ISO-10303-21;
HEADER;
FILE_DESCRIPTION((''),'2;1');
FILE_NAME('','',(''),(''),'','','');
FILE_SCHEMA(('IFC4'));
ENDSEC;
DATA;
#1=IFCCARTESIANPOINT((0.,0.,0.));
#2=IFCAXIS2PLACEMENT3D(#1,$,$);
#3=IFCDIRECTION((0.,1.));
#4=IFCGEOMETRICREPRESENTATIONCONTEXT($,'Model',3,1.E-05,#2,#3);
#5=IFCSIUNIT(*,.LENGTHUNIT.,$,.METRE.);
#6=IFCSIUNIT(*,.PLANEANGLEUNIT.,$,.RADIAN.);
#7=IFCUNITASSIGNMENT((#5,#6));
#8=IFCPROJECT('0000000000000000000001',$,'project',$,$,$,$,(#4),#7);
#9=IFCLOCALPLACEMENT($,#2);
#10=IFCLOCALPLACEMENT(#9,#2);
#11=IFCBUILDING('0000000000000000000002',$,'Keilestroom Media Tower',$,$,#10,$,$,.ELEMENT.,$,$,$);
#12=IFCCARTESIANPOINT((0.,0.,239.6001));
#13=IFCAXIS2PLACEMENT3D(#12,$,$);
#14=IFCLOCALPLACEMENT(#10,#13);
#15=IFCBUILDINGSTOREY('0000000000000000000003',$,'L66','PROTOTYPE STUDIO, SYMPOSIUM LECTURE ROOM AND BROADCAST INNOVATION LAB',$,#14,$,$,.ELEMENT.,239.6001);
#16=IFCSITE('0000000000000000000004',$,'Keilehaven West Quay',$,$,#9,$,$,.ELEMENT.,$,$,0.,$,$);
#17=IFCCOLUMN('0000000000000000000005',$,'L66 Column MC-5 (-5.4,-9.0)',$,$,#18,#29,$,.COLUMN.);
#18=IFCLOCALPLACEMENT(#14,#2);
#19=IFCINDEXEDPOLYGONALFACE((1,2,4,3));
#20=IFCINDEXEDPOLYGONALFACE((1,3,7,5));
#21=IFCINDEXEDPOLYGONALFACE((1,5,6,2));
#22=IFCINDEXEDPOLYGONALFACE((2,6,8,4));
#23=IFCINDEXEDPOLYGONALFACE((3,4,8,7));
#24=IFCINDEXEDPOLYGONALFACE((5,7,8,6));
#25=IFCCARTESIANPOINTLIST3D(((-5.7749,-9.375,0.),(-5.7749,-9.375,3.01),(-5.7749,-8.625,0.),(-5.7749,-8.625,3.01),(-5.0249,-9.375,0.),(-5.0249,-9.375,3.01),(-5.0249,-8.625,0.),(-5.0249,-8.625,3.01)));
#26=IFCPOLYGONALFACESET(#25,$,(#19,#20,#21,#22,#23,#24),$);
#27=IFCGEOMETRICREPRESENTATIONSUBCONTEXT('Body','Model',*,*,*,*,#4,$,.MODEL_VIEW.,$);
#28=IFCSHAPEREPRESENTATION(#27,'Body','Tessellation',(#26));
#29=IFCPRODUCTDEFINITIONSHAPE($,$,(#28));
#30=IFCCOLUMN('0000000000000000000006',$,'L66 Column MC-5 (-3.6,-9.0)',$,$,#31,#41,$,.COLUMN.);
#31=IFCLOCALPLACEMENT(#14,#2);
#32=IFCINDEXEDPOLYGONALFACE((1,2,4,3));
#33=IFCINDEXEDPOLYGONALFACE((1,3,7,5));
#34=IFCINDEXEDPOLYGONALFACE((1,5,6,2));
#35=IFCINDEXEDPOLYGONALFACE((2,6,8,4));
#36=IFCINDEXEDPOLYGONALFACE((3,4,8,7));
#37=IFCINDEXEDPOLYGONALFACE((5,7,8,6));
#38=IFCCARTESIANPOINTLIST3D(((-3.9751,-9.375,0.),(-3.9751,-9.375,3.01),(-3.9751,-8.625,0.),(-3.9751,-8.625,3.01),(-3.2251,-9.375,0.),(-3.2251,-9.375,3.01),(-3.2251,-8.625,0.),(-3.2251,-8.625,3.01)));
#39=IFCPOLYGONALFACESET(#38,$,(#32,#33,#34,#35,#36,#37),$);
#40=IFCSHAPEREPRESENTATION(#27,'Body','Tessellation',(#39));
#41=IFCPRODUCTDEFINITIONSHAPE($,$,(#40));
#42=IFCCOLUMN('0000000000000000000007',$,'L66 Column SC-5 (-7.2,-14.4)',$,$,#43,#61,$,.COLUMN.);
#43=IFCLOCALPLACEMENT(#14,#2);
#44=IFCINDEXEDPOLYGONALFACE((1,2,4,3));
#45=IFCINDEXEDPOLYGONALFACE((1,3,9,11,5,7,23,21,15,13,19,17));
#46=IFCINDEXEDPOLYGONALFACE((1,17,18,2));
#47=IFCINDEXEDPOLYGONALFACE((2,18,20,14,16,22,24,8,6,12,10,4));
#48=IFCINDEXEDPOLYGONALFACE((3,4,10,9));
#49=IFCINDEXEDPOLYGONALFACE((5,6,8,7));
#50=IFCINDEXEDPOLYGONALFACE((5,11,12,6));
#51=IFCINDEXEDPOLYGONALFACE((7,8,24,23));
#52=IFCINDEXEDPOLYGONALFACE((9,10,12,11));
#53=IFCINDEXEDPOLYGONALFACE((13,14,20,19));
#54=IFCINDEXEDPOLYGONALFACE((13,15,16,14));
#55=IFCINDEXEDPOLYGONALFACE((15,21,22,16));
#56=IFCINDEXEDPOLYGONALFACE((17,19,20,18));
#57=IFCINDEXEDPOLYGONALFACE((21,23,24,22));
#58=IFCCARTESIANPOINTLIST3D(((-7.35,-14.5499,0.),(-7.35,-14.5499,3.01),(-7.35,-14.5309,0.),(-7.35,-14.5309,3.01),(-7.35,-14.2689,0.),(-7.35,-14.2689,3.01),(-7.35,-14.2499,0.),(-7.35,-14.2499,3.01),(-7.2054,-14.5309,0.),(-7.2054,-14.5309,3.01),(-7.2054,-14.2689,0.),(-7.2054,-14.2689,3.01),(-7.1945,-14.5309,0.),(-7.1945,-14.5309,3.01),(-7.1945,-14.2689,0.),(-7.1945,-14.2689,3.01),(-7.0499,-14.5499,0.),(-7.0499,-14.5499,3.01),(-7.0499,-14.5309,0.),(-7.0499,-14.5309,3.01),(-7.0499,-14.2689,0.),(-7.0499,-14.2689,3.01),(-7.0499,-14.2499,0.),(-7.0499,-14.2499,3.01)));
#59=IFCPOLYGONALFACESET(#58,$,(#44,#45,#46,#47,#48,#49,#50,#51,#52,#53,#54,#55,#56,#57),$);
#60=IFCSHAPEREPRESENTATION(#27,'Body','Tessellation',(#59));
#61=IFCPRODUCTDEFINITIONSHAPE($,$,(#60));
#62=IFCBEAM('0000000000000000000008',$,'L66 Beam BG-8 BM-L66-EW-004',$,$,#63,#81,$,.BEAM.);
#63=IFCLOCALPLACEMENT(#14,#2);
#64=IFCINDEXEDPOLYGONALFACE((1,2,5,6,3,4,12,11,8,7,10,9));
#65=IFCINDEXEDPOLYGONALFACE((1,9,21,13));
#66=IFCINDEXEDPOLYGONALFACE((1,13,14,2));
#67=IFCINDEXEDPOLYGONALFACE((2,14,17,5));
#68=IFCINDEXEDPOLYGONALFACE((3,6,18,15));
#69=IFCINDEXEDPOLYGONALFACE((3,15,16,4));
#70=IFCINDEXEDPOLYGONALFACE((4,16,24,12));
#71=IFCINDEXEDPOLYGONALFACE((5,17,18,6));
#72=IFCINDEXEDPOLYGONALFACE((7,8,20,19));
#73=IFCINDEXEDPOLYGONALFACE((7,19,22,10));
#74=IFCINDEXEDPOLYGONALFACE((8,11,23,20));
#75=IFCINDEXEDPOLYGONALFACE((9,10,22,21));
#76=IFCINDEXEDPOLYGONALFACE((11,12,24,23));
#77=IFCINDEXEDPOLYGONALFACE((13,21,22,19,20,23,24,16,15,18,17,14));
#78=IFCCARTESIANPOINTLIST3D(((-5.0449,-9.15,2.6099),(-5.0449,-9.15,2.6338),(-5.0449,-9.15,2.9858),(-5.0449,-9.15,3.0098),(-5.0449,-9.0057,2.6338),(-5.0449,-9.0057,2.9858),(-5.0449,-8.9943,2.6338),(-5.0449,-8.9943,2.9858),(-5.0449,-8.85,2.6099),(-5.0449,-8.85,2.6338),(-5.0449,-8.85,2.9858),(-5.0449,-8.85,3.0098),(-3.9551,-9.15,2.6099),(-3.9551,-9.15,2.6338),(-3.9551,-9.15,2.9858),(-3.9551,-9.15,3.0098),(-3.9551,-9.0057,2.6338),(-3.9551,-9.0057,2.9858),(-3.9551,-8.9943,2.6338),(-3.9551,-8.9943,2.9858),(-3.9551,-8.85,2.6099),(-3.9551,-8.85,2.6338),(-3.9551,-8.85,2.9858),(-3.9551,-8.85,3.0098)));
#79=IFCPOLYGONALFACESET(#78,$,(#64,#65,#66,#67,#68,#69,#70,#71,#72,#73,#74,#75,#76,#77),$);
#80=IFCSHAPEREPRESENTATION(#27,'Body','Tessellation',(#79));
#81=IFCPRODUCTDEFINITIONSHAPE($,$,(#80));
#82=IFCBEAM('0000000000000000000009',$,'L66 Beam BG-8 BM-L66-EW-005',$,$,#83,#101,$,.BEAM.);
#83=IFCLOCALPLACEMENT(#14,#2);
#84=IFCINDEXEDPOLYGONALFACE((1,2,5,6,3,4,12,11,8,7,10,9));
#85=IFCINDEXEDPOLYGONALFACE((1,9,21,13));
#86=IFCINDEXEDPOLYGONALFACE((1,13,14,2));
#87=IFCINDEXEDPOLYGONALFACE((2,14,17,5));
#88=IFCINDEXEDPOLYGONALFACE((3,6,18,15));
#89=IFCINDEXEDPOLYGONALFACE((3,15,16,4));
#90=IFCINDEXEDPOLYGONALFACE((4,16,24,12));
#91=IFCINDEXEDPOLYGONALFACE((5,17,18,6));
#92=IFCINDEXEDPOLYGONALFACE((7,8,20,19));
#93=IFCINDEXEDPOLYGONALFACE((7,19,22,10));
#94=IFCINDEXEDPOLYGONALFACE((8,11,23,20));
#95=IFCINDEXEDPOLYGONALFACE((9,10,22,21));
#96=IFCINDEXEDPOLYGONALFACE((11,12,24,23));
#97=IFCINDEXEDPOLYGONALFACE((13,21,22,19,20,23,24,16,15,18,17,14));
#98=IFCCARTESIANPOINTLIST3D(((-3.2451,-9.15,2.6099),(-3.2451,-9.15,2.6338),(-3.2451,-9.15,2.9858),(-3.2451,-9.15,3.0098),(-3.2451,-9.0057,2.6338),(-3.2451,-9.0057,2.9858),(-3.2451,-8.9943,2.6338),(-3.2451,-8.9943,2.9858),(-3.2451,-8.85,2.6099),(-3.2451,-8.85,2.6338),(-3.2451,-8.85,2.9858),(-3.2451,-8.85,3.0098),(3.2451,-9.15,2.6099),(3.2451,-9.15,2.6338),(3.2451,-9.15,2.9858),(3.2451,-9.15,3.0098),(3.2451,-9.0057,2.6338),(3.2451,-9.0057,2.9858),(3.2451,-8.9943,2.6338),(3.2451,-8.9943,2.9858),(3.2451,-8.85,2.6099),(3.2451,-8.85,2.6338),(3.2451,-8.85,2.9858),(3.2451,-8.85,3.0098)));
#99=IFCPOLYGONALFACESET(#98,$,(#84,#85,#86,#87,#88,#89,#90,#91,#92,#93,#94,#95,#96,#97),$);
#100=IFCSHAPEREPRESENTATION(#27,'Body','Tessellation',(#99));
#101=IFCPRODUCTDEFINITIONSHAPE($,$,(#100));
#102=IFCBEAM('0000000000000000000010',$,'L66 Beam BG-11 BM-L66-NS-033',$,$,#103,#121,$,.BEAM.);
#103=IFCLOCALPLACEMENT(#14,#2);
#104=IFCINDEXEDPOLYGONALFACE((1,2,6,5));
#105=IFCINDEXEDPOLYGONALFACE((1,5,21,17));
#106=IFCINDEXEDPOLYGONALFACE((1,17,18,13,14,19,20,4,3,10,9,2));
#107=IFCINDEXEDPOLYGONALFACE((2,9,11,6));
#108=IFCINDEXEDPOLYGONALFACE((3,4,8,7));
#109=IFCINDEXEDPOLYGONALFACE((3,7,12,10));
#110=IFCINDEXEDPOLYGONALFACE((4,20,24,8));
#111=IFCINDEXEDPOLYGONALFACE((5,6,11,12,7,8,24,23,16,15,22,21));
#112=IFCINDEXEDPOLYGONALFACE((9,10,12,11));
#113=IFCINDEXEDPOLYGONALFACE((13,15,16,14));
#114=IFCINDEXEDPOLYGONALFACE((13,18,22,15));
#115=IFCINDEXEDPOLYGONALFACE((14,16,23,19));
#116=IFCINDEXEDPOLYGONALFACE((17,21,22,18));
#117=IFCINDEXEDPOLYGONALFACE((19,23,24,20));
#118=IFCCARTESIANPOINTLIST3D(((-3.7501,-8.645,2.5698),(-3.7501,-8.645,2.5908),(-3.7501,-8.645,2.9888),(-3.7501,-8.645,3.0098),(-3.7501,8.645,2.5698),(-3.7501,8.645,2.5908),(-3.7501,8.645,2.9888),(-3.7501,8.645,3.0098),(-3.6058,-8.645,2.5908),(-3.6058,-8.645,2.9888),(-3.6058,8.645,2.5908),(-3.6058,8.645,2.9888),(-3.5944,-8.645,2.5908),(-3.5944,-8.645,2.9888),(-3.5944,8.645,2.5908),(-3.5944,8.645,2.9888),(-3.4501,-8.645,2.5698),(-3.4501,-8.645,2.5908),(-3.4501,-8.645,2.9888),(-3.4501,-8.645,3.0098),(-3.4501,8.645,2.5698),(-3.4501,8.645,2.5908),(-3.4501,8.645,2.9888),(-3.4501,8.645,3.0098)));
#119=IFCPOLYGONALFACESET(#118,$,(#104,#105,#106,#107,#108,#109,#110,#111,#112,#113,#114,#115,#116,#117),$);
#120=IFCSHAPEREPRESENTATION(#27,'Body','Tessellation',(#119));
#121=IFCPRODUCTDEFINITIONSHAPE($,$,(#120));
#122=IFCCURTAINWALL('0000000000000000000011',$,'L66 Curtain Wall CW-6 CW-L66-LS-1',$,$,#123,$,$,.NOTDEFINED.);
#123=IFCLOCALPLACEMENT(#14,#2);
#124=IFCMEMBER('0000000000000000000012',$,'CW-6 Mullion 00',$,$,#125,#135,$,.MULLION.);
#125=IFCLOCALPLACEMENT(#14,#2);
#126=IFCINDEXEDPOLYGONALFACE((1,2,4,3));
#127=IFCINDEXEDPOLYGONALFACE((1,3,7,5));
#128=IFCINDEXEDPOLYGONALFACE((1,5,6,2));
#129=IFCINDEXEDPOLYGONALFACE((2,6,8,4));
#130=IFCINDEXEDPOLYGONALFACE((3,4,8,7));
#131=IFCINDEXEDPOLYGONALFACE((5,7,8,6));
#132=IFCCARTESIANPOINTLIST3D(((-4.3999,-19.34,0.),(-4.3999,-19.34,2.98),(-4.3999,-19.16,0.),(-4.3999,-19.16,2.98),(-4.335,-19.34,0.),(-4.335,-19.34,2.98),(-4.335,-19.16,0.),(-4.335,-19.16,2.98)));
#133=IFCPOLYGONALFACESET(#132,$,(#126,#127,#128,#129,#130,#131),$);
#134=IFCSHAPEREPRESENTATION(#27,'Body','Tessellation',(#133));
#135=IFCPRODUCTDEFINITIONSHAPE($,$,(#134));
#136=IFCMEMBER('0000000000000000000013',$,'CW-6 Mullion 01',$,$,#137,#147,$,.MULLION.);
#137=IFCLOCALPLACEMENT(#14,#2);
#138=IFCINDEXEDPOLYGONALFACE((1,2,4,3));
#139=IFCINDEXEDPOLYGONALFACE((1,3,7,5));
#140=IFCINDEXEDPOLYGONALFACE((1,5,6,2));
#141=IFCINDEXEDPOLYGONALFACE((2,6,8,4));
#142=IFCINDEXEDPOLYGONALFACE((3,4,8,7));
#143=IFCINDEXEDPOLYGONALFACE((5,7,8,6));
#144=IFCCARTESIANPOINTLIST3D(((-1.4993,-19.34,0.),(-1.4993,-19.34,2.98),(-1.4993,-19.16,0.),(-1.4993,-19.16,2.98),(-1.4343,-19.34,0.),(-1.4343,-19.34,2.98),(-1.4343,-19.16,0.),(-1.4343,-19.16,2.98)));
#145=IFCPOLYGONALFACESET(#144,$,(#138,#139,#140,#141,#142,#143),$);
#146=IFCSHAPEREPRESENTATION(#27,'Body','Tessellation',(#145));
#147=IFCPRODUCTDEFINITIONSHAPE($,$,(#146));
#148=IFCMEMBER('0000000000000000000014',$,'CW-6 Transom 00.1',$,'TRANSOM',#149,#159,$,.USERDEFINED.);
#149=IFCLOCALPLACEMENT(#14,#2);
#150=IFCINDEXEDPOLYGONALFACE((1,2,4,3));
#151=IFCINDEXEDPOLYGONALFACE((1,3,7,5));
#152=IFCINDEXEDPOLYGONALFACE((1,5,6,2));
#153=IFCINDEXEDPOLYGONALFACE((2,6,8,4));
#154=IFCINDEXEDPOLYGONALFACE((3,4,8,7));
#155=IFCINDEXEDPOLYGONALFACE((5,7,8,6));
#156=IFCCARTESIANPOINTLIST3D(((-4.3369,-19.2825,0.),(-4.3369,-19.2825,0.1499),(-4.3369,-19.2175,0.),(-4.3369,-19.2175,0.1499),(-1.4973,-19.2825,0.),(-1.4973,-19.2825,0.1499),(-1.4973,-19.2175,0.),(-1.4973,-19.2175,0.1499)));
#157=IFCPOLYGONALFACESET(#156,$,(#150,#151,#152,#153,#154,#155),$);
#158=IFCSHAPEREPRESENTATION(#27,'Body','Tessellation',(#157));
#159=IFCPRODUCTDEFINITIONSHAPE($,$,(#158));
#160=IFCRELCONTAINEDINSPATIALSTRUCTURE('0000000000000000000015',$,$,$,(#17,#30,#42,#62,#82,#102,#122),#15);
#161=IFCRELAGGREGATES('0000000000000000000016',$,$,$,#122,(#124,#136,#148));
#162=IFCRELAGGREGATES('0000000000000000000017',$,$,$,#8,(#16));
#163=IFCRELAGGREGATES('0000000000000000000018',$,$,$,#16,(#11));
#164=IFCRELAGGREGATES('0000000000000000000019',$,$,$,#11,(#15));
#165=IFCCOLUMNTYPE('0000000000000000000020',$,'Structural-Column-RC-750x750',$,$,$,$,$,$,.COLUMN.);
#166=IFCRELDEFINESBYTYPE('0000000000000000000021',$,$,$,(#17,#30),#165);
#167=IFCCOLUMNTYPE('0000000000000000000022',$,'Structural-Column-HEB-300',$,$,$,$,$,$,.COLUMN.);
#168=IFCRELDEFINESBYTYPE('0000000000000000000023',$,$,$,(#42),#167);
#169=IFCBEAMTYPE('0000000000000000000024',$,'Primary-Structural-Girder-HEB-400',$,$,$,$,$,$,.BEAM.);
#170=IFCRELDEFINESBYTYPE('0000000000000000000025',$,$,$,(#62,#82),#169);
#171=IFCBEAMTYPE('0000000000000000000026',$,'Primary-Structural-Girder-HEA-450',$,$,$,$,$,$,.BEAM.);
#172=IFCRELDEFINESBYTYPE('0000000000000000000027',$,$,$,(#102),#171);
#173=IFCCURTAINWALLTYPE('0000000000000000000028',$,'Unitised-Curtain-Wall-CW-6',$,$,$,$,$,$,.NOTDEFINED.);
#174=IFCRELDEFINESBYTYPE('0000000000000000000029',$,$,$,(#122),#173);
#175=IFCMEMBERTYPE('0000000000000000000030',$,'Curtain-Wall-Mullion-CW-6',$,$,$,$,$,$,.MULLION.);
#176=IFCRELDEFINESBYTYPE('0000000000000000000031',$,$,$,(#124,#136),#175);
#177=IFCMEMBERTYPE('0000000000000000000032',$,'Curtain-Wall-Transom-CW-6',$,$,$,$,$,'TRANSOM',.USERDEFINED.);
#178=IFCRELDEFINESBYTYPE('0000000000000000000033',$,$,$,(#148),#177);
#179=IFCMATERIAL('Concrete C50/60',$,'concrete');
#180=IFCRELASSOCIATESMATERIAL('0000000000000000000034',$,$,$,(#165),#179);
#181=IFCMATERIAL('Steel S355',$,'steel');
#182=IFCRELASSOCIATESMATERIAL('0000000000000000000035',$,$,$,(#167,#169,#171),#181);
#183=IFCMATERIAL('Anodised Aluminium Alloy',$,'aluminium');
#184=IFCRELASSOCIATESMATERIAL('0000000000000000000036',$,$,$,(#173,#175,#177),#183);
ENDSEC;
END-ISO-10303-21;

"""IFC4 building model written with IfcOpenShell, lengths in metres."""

from ifc_helpers import new_model, si_unit, direction, frame, origin, origin_2d, place, context, subcontext, project, spatial, rectangle, i_section, extrude, source, transform, mapped, material, material_profile, profile_set, type_object, element, aggregate, save


model = new_model("IFC4")

# Units and contexts
model_context = context("Model", 3, precision=1e-05, world=origin(), true_north=direction((0.0, 1.0)))
body_context = subcontext(model_context, "Body", "Model", "MODEL_VIEW")
ifc_project = project(units=[si_unit("LENGTHUNIT", "METRE"), si_unit("PLANEANGLEUNIT", "RADIAN")], contexts=[model_context])

# Site, building, storey
site_placement = place(None, origin())
site = spatial("IfcSite", under=ifc_project, at=site_placement, Name="Keilehaven West Quay", CompositionType="ELEMENT", RefElevation=0.0)
building_placement = place(site_placement, origin())
building = spatial("IfcBuilding", under=site, at=building_placement, Name="Keilestroom Media Tower", CompositionType="ELEMENT")
storey_placement = place(building_placement, frame((0.0, 0.0, 239.6001)))
storey = spatial("IfcBuildingStorey", under=building, at=storey_placement, Name="L66", Description="PROTOTYPE STUDIO, SYMPOSIUM LECTURE ROOM AND BROADCAST INNOVATION LAB", CompositionType="ELEMENT", Elevation=239.6001)

# Columns
ifc_material_1 = material(Name="Concrete C50/60", Category="concrete")
ifc_material_profile_1 = material_profile(ifc_material_1, rectangle(XDim=0.75, YDim=0.75, at=origin_2d()), Name="RC 750x750")
ifc_profile_set_1 = profile_set([ifc_material_profile_1], Name="Concrete C50/60")
column_type_1 = type_object("IfcColumnType", Name="Structural-Column-RC-750x750", PredefinedType="COLUMN", material=ifc_profile_set_1)
shared_shape_1 = source(origin(), body_context, "Body", "SweptSolid", [
    extrude(rectangle(XDim=0.75, YDim=0.75, at=origin_2d()), origin(), (0.0, 0.0, 1.0), 3.01),
])
for number, where, z_axis, x_axis, name in (
    (1, (-5.3999, -9.0, 0.0), (0.0, 0.0, 1.0), (1.0, 0.0, 0.0), "L66 Column MC-5 (-5.4,-9.0)"),
    (2, (-3.6001, -9.0, 0.0), (0.0, 0.0, 1.0), (1.0, 0.0, 0.0), "L66 Column MC-5 (-3.6,-9.0)"),
):
    element("IfcColumn", number, at=place(storey_placement, frame(where, z_axis=z_axis, x_axis=x_axis)), inside=storey, type_object=column_type_1, Name=name, PredefinedType="COLUMN", context=body_context, shape_type="MappedRepresentation", body=[
        mapped(shared_shape_1, transform((0.0, 0.0, 0.0), x_axis=(1.0, 0.0, 0.0), y_axis=(0.0, 1.0, 0.0), z_axis=(0.0, 0.0, 1.0), scale=1.0)),
    ])
ifc_material_2 = material(Name="Steel S355", Category="steel")
ifc_material_profile_2 = material_profile(ifc_material_2, i_section(OverallWidth=0.3, OverallDepth=0.3, WebThickness=0.011, FlangeThickness=0.019, at=origin_2d()), Name="HEB 300")
ifc_profile_set_2 = profile_set([ifc_material_profile_2], Name="Steel S355")
column_type_2 = type_object("IfcColumnType", Name="Structural-Column-HEB-300", PredefinedType="COLUMN", material=ifc_profile_set_2)
shared_shape_2 = source(origin(), body_context, "Body", "SweptSolid", [
    extrude(i_section(OverallWidth=0.3, OverallDepth=0.3, WebThickness=0.011, FlangeThickness=0.019, at=origin_2d()), origin(), (0.0, 0.0, 1.0), 3.01),
])
column_placement = place(storey_placement, frame((-7.2, -14.3999, 0.0), z_axis=(0.0, 0.0, 1.0), x_axis=(1.0, 0.0, 0.0)))
element("IfcColumn", 3, at=column_placement, inside=storey, type_object=column_type_2, Name="L66 Column SC-5 (-7.2,-14.4)", PredefinedType="COLUMN", context=body_context, shape_type="MappedRepresentation", body=[
    mapped(shared_shape_2, transform((0.0, 0.0, 0.0), x_axis=(1.0, 0.0, 0.0), y_axis=(0.0, 1.0, 0.0), z_axis=(0.0, 0.0, 1.0), scale=1.0)),
])

# Beams
ifc_material_profile_3 = material_profile(ifc_material_2, i_section(OverallWidth=0.3, OverallDepth=0.3999, WebThickness=0.0115, FlangeThickness=0.0239, at=origin_2d()), Name="HEB 400")
ifc_profile_set_3 = profile_set([ifc_material_profile_3], Name="Steel S355")
beam_type_1 = type_object("IfcBeamType", Name="Primary-Structural-Girder-HEB-400", PredefinedType="BEAM", material=ifc_profile_set_3)
shared_shape_3 = source(origin(), body_context, "Body", "SweptSolid", [
    extrude(i_section(OverallWidth=0.3, OverallDepth=0.3999, WebThickness=0.0115, FlangeThickness=0.0239, at=origin_2d()), origin(), (0.0, 0.0, 1.0), 1.0898),
])
beam_1_placement = place(storey_placement, frame((-5.0449, -9.0, 2.8098), z_axis=(1.0, 0.0, 0.0), x_axis=(0.0, 1.0, 0.0)))
element("IfcBeam", 4, at=beam_1_placement, inside=storey, type_object=beam_type_1, Name="L66 Beam BG-8 BM-L66-EW-004", PredefinedType="BEAM", context=body_context, shape_type="MappedRepresentation", body=[
    mapped(shared_shape_3, transform((0.0, 0.0, 0.0), x_axis=(1.0, 0.0, 0.0), y_axis=(0.0, 1.0, 0.0), z_axis=(0.0, 0.0, 1.0), scale=1.0)),
])
shared_shape_4 = source(origin(), body_context, "Body", "SweptSolid", [
    extrude(i_section(OverallWidth=0.3, OverallDepth=0.3999, WebThickness=0.0115, FlangeThickness=0.0239, at=origin_2d()), origin(), (0.0, 0.0, 1.0), 6.4902),
])
beam_2_placement = place(storey_placement, frame((-3.2451, -9.0, 2.8098), z_axis=(1.0, 0.0, 0.0), x_axis=(0.0, 1.0, 0.0)))
element("IfcBeam", 5, at=beam_2_placement, inside=storey, type_object=beam_type_1, Name="L66 Beam BG-8 BM-L66-EW-005", PredefinedType="BEAM", context=body_context, shape_type="MappedRepresentation", body=[
    mapped(shared_shape_4, transform((0.0, 0.0, 0.0), x_axis=(1.0, 0.0, 0.0), y_axis=(0.0, 1.0, 0.0), z_axis=(0.0, 0.0, 1.0), scale=1.0)),
])
ifc_material_profile_4 = material_profile(ifc_material_2, i_section(OverallWidth=0.3, OverallDepth=0.4399, WebThickness=0.0115, FlangeThickness=0.021, at=origin_2d()), Name="HEA 450")
ifc_profile_set_4 = profile_set([ifc_material_profile_4], Name="Steel S355")
beam_type_2 = type_object("IfcBeamType", Name="Primary-Structural-Girder-HEA-450", PredefinedType="BEAM", material=ifc_profile_set_4)
shared_shape_5 = source(origin(), body_context, "Body", "SweptSolid", [
    extrude(i_section(OverallWidth=0.3, OverallDepth=0.4399, WebThickness=0.0115, FlangeThickness=0.021, at=origin_2d()), origin(), (0.0, 0.0, 1.0), 17.29),
])
beam_3_placement = place(storey_placement, frame((-3.6001, -8.645, 2.7898), z_axis=(0.0, 1.0, 0.0), x_axis=(-1.0, 0.0, 0.0)))
element("IfcBeam", 6, at=beam_3_placement, inside=storey, type_object=beam_type_2, Name="L66 Beam BG-11 BM-L66-NS-033", PredefinedType="BEAM", context=body_context, shape_type="MappedRepresentation", body=[
    mapped(shared_shape_5, transform((0.0, 0.0, 0.0), x_axis=(1.0, 0.0, 0.0), y_axis=(0.0, 1.0, 0.0), z_axis=(0.0, 0.0, 1.0), scale=1.0)),
])

# Curtain wall, members
ifc_material_3 = material(Name="Anodised Aluminium Alloy", Category="aluminium")
curtain_wall_type = type_object("IfcCurtainWallType", Name="Unitised-Curtain-Wall-CW-6", PredefinedType="NOTDEFINED", material=ifc_material_3)
curtain_wall_placement = place(storey_placement, origin())
curtain_wall = element("IfcCurtainWall", 7, at=curtain_wall_placement, inside=storey, type_object=curtain_wall_type, Name="L66 Curtain Wall CW-6 CW-L66-LS-1", PredefinedType="NOTDEFINED")
ifc_material_profile_5 = material_profile(ifc_material_3, rectangle(XDim=0.0649, YDim=0.1799, at=origin_2d()), Name="ALU MULLION 65x180")
ifc_profile_set_5 = profile_set([ifc_material_profile_5], Name="Anodised Aluminium Alloy")
member_type_1 = type_object("IfcMemberType", Name="Curtain-Wall-Mullion-CW-6", PredefinedType="MULLION", material=ifc_profile_set_5)
shared_shape_6 = source(origin(), body_context, "Body", "SweptSolid", [
    extrude(rectangle(XDim=0.0649, YDim=0.1799, at=origin_2d()), origin(), (0.0, 0.0, 1.0), 2.98),
])
member_1_placement = place(storey_placement, frame((-4.3674, -19.25, 0.0), z_axis=(0.0, 0.0, 1.0), x_axis=(1.0, 0.0, 0.0)))
member_1 = element("IfcMember", 8, at=member_1_placement, type_object=member_type_1, Name="CW-6 Mullion 00", PredefinedType="MULLION", context=body_context, shape_type="MappedRepresentation", body=[
    mapped(shared_shape_6, transform((0.0, 0.0, 0.0), x_axis=(1.0, 0.0, 0.0), y_axis=(0.0, 1.0, 0.0), z_axis=(0.0, 0.0, 1.0), scale=1.0)),
])
member_2_placement = place(storey_placement, frame((-1.4668, -19.25, 0.0), z_axis=(0.0, 0.0, 1.0), x_axis=(1.0, 0.0, 0.0)))
member_2 = element("IfcMember", 9, at=member_2_placement, type_object=member_type_1, Name="CW-6 Mullion 01", PredefinedType="MULLION", context=body_context, shape_type="MappedRepresentation", body=[
    mapped(shared_shape_6, transform((0.0, 0.0, 0.0), x_axis=(1.0, 0.0, 0.0), y_axis=(0.0, 1.0, 0.0), z_axis=(0.0, 0.0, 1.0), scale=1.0)),
])
ifc_material_profile_6 = material_profile(ifc_material_3, rectangle(XDim=0.0649, YDim=0.1499, at=origin_2d()), Name="ALU TRANSOM 65x150")
ifc_profile_set_6 = profile_set([ifc_material_profile_6], Name="Anodised Aluminium Alloy")
member_type_2 = type_object("IfcMemberType", Name="Curtain-Wall-Transom-CW-6", ElementType="TRANSOM", PredefinedType="USERDEFINED", material=ifc_profile_set_6)
shared_shape_7 = source(origin(), body_context, "Body", "SweptSolid", [
    extrude(rectangle(XDim=0.0649, YDim=0.1499, at=origin_2d()), origin(), (0.0, 0.0, 1.0), 2.8396),
])
member_3_placement = place(storey_placement, frame((-4.3369, -19.25, 0.075), z_axis=(1.0, 0.0, 0.0), x_axis=(0.0, 1.0, 0.0)))
member_3 = element("IfcMember", 10, at=member_3_placement, type_object=member_type_2, Name="CW-6 Transom 00.1", ObjectType="TRANSOM", PredefinedType="USERDEFINED", context=body_context, shape_type="MappedRepresentation", body=[
    mapped(shared_shape_7, transform((0.0, 0.0, 0.0), x_axis=(1.0, 0.0, 0.0), y_axis=(0.0, 1.0, 0.0), z_axis=(0.0, 0.0, 1.0), scale=1.0)),
])
aggregate(curtain_wall, [member_1, member_2, member_3])

save(model, "model.ifc")
